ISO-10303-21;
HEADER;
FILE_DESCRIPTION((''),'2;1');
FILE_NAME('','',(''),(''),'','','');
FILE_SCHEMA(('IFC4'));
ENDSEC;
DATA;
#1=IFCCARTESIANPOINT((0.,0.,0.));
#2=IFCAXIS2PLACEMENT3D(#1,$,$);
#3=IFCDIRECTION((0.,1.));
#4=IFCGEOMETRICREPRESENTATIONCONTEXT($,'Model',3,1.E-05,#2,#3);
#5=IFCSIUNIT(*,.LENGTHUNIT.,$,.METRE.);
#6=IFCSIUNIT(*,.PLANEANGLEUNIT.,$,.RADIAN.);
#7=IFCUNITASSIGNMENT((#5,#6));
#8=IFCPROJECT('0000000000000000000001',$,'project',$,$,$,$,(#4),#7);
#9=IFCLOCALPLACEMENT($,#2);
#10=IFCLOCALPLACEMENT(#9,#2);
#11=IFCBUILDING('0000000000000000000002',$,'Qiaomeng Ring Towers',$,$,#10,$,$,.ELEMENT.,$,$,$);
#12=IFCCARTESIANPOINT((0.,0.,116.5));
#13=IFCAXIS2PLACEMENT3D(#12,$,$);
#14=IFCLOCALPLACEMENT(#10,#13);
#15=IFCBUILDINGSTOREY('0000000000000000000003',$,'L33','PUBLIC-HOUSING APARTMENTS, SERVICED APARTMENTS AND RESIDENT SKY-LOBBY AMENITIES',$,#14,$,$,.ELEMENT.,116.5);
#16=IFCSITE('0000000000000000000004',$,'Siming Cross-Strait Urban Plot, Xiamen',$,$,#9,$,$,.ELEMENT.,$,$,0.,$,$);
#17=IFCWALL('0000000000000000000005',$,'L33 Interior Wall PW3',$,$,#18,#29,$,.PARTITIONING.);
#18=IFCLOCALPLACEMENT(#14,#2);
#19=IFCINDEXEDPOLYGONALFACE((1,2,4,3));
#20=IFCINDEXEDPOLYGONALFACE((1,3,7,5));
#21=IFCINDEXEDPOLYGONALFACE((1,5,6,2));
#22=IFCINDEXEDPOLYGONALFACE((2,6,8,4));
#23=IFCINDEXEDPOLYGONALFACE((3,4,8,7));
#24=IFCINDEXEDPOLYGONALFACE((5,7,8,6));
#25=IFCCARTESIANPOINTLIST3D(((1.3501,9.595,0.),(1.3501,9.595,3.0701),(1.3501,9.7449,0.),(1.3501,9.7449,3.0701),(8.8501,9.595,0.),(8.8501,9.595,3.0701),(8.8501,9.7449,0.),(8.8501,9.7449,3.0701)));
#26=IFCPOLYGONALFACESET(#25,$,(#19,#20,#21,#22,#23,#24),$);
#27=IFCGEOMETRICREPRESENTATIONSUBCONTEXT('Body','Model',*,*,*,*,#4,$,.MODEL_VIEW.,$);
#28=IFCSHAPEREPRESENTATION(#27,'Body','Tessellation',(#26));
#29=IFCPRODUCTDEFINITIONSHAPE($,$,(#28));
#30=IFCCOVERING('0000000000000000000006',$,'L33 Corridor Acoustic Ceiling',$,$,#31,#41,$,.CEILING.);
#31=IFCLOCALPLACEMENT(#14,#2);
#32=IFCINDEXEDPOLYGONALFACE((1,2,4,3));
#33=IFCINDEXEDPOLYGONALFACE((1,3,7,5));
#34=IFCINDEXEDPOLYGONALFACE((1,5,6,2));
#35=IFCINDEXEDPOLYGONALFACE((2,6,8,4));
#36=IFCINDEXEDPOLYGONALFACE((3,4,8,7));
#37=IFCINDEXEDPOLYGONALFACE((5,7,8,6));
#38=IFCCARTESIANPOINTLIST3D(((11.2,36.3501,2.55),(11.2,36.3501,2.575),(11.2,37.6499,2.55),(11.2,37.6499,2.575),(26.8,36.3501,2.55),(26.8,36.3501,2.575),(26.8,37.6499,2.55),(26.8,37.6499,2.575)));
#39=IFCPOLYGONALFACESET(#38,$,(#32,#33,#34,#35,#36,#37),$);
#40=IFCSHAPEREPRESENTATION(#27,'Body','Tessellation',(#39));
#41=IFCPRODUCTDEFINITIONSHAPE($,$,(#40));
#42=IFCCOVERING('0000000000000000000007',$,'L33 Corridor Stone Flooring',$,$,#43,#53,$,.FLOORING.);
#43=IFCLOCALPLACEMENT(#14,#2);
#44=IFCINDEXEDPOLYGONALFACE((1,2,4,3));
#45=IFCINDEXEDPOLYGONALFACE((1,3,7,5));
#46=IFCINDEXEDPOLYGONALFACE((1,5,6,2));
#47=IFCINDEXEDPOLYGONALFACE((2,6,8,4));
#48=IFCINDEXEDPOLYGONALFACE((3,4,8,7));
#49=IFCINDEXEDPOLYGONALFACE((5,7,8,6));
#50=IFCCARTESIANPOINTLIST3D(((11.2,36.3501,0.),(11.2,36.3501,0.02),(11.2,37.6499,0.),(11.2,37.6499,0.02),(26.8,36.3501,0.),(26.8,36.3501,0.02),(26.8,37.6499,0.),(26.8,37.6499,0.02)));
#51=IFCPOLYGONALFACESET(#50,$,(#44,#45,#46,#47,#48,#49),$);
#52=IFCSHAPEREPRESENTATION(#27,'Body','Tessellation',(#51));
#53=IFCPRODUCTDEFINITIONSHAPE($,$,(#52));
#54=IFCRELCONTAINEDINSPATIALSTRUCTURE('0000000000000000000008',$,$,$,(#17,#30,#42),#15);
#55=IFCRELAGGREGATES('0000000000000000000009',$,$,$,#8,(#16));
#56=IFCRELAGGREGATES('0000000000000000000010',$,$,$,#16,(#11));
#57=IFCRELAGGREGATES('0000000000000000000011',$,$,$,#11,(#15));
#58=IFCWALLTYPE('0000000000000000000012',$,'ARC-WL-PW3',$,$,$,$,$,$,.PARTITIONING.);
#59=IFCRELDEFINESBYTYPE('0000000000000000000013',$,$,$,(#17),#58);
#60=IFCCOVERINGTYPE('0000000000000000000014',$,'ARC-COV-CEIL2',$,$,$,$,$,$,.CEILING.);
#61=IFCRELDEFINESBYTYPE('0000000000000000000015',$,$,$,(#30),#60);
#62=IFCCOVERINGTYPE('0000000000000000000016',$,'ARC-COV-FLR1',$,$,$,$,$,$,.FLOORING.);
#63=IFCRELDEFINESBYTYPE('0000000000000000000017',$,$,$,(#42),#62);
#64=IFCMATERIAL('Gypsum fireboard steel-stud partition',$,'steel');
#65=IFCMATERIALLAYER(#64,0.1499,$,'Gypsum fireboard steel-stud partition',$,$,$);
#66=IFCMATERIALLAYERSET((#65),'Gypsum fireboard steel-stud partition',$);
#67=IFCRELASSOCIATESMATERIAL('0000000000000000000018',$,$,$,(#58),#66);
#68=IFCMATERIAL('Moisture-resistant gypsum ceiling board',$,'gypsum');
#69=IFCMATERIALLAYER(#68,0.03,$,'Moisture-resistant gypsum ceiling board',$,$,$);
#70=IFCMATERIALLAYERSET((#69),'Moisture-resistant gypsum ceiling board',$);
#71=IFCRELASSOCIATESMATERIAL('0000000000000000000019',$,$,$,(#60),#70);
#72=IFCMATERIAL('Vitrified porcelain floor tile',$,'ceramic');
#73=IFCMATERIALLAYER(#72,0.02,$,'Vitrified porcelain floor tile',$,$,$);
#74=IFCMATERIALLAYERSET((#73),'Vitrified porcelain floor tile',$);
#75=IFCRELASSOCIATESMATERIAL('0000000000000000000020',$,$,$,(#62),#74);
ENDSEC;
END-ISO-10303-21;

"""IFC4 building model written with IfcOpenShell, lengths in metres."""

from ifc_helpers import new_model, si_unit, direction, frame, frame_2d, origin, place, context, subcontext, project, spatial, polyline, rectangle, outline, extrude, material, layer, layer_set, type_object, element, save


model = new_model("IFC4")

# Units and contexts
model_context = context("Model", 3, precision=1e-05, world=origin(), true_north=direction((0.0, 1.0)))
body_context = subcontext(model_context, "Body", "Model", "MODEL_VIEW")
ifc_project = project(units=[si_unit("LENGTHUNIT", "METRE"), si_unit("PLANEANGLEUNIT", "RADIAN")], contexts=[model_context])

# Site, building, storey
site_placement = place(None, origin())
site = spatial("IfcSite", under=ifc_project, at=site_placement, Name="Siming Cross-Strait Urban Plot, Xiamen", CompositionType="ELEMENT", RefElevation=0.0)
building_placement = place(site_placement, origin())
building = spatial("IfcBuilding", under=site, at=building_placement, Name="Qiaomeng Ring Towers", CompositionType="ELEMENT")
storey_placement = place(building_placement, frame((0.0, 0.0, 116.5)))
storey = spatial("IfcBuildingStorey", under=building, at=storey_placement, Name="L33", Description="PUBLIC-HOUSING APARTMENTS, SERVICED APARTMENTS AND RESIDENT SKY-LOBBY AMENITIES", CompositionType="ELEMENT", Elevation=116.5)

# Wall
ifc_material_1 = material(Name="Gypsum fireboard steel-stud partition", Category="steel")
ifc_layer_1 = layer(ifc_material_1, 0.1499, Name="Gypsum fireboard steel-stud partition")
ifc_layer_set_1 = layer_set([ifc_layer_1], Name="Gypsum fireboard steel-stud partition")
wall_type_1 = type_object("IfcWallType", Name="ARC-WL-PW3", PredefinedType="PARTITIONING", material=ifc_layer_set_1)
wall_1_placement = place(storey_placement, frame((1.3501, 9.6699, 0.0), z_axis=(0.0, 0.0, 1.0), x_axis=(1.0, 0.0, 0.0)))
element("IfcWall", 1, at=wall_1_placement, inside=storey, type_object=wall_type_1, Name="L33 Interior Wall PW3", PredefinedType="PARTITIONING", context=body_context, shape_type="SweptSolid", body=[
    extrude(rectangle(XDim=7.5, YDim=0.1499, at=frame_2d((3.75, 0.0))), origin(), (0.0, 0.0, 1.0), 3.0701),
])

# Coverings
ifc_material_2 = material(Name="Moisture-resistant gypsum ceiling board", Category="gypsum")
ifc_layer_2 = layer(ifc_material_2, 0.03, Name="Moisture-resistant gypsum ceiling board")
ifc_layer_set_2 = layer_set([ifc_layer_2], Name="Moisture-resistant gypsum ceiling board")
covering_type_1 = type_object("IfcCoveringType", Name="ARC-COV-CEIL2", PredefinedType="CEILING", material=ifc_layer_set_2)
covering_1_placement = place(storey_placement, frame((0.0, 0.0, 2.55)))
element("IfcCovering", 2, at=covering_1_placement, inside=storey, type_object=covering_type_1, Name="L33 Corridor Acoustic Ceiling", PredefinedType="CEILING", context=body_context, shape_type="SweptSolid", body=[
    extrude(outline(polyline([(11.2, 36.3501), (11.2, 37.6499), (26.8, 37.6499), (26.8, 36.3501), (11.2, 36.3501)])), origin(), (0.0, 0.0, 1.0), 0.0249),
])
ifc_material_3 = material(Name="Vitrified porcelain floor tile", Category="ceramic")
ifc_layer_3 = layer(ifc_material_3, 0.02, Name="Vitrified porcelain floor tile")
ifc_layer_set_3 = layer_set([ifc_layer_3], Name="Vitrified porcelain floor tile")
covering_type_2 = type_object("IfcCoveringType", Name="ARC-COV-FLR1", PredefinedType="FLOORING", material=ifc_layer_set_3)
covering_2_placement = place(storey_placement, origin())
element("IfcCovering", 3, at=covering_2_placement, inside=storey, type_object=covering_type_2, Name="L33 Corridor Stone Flooring", PredefinedType="FLOORING", context=body_context, shape_type="SweptSolid", body=[
    extrude(outline(polyline([(11.2, 36.3501), (11.2, 37.6499), (26.8, 37.6499), (26.8, 36.3501), (11.2, 36.3501)])), origin(), (0.0, 0.0, 1.0), 0.02),
])

save(model, "model.ifc")
